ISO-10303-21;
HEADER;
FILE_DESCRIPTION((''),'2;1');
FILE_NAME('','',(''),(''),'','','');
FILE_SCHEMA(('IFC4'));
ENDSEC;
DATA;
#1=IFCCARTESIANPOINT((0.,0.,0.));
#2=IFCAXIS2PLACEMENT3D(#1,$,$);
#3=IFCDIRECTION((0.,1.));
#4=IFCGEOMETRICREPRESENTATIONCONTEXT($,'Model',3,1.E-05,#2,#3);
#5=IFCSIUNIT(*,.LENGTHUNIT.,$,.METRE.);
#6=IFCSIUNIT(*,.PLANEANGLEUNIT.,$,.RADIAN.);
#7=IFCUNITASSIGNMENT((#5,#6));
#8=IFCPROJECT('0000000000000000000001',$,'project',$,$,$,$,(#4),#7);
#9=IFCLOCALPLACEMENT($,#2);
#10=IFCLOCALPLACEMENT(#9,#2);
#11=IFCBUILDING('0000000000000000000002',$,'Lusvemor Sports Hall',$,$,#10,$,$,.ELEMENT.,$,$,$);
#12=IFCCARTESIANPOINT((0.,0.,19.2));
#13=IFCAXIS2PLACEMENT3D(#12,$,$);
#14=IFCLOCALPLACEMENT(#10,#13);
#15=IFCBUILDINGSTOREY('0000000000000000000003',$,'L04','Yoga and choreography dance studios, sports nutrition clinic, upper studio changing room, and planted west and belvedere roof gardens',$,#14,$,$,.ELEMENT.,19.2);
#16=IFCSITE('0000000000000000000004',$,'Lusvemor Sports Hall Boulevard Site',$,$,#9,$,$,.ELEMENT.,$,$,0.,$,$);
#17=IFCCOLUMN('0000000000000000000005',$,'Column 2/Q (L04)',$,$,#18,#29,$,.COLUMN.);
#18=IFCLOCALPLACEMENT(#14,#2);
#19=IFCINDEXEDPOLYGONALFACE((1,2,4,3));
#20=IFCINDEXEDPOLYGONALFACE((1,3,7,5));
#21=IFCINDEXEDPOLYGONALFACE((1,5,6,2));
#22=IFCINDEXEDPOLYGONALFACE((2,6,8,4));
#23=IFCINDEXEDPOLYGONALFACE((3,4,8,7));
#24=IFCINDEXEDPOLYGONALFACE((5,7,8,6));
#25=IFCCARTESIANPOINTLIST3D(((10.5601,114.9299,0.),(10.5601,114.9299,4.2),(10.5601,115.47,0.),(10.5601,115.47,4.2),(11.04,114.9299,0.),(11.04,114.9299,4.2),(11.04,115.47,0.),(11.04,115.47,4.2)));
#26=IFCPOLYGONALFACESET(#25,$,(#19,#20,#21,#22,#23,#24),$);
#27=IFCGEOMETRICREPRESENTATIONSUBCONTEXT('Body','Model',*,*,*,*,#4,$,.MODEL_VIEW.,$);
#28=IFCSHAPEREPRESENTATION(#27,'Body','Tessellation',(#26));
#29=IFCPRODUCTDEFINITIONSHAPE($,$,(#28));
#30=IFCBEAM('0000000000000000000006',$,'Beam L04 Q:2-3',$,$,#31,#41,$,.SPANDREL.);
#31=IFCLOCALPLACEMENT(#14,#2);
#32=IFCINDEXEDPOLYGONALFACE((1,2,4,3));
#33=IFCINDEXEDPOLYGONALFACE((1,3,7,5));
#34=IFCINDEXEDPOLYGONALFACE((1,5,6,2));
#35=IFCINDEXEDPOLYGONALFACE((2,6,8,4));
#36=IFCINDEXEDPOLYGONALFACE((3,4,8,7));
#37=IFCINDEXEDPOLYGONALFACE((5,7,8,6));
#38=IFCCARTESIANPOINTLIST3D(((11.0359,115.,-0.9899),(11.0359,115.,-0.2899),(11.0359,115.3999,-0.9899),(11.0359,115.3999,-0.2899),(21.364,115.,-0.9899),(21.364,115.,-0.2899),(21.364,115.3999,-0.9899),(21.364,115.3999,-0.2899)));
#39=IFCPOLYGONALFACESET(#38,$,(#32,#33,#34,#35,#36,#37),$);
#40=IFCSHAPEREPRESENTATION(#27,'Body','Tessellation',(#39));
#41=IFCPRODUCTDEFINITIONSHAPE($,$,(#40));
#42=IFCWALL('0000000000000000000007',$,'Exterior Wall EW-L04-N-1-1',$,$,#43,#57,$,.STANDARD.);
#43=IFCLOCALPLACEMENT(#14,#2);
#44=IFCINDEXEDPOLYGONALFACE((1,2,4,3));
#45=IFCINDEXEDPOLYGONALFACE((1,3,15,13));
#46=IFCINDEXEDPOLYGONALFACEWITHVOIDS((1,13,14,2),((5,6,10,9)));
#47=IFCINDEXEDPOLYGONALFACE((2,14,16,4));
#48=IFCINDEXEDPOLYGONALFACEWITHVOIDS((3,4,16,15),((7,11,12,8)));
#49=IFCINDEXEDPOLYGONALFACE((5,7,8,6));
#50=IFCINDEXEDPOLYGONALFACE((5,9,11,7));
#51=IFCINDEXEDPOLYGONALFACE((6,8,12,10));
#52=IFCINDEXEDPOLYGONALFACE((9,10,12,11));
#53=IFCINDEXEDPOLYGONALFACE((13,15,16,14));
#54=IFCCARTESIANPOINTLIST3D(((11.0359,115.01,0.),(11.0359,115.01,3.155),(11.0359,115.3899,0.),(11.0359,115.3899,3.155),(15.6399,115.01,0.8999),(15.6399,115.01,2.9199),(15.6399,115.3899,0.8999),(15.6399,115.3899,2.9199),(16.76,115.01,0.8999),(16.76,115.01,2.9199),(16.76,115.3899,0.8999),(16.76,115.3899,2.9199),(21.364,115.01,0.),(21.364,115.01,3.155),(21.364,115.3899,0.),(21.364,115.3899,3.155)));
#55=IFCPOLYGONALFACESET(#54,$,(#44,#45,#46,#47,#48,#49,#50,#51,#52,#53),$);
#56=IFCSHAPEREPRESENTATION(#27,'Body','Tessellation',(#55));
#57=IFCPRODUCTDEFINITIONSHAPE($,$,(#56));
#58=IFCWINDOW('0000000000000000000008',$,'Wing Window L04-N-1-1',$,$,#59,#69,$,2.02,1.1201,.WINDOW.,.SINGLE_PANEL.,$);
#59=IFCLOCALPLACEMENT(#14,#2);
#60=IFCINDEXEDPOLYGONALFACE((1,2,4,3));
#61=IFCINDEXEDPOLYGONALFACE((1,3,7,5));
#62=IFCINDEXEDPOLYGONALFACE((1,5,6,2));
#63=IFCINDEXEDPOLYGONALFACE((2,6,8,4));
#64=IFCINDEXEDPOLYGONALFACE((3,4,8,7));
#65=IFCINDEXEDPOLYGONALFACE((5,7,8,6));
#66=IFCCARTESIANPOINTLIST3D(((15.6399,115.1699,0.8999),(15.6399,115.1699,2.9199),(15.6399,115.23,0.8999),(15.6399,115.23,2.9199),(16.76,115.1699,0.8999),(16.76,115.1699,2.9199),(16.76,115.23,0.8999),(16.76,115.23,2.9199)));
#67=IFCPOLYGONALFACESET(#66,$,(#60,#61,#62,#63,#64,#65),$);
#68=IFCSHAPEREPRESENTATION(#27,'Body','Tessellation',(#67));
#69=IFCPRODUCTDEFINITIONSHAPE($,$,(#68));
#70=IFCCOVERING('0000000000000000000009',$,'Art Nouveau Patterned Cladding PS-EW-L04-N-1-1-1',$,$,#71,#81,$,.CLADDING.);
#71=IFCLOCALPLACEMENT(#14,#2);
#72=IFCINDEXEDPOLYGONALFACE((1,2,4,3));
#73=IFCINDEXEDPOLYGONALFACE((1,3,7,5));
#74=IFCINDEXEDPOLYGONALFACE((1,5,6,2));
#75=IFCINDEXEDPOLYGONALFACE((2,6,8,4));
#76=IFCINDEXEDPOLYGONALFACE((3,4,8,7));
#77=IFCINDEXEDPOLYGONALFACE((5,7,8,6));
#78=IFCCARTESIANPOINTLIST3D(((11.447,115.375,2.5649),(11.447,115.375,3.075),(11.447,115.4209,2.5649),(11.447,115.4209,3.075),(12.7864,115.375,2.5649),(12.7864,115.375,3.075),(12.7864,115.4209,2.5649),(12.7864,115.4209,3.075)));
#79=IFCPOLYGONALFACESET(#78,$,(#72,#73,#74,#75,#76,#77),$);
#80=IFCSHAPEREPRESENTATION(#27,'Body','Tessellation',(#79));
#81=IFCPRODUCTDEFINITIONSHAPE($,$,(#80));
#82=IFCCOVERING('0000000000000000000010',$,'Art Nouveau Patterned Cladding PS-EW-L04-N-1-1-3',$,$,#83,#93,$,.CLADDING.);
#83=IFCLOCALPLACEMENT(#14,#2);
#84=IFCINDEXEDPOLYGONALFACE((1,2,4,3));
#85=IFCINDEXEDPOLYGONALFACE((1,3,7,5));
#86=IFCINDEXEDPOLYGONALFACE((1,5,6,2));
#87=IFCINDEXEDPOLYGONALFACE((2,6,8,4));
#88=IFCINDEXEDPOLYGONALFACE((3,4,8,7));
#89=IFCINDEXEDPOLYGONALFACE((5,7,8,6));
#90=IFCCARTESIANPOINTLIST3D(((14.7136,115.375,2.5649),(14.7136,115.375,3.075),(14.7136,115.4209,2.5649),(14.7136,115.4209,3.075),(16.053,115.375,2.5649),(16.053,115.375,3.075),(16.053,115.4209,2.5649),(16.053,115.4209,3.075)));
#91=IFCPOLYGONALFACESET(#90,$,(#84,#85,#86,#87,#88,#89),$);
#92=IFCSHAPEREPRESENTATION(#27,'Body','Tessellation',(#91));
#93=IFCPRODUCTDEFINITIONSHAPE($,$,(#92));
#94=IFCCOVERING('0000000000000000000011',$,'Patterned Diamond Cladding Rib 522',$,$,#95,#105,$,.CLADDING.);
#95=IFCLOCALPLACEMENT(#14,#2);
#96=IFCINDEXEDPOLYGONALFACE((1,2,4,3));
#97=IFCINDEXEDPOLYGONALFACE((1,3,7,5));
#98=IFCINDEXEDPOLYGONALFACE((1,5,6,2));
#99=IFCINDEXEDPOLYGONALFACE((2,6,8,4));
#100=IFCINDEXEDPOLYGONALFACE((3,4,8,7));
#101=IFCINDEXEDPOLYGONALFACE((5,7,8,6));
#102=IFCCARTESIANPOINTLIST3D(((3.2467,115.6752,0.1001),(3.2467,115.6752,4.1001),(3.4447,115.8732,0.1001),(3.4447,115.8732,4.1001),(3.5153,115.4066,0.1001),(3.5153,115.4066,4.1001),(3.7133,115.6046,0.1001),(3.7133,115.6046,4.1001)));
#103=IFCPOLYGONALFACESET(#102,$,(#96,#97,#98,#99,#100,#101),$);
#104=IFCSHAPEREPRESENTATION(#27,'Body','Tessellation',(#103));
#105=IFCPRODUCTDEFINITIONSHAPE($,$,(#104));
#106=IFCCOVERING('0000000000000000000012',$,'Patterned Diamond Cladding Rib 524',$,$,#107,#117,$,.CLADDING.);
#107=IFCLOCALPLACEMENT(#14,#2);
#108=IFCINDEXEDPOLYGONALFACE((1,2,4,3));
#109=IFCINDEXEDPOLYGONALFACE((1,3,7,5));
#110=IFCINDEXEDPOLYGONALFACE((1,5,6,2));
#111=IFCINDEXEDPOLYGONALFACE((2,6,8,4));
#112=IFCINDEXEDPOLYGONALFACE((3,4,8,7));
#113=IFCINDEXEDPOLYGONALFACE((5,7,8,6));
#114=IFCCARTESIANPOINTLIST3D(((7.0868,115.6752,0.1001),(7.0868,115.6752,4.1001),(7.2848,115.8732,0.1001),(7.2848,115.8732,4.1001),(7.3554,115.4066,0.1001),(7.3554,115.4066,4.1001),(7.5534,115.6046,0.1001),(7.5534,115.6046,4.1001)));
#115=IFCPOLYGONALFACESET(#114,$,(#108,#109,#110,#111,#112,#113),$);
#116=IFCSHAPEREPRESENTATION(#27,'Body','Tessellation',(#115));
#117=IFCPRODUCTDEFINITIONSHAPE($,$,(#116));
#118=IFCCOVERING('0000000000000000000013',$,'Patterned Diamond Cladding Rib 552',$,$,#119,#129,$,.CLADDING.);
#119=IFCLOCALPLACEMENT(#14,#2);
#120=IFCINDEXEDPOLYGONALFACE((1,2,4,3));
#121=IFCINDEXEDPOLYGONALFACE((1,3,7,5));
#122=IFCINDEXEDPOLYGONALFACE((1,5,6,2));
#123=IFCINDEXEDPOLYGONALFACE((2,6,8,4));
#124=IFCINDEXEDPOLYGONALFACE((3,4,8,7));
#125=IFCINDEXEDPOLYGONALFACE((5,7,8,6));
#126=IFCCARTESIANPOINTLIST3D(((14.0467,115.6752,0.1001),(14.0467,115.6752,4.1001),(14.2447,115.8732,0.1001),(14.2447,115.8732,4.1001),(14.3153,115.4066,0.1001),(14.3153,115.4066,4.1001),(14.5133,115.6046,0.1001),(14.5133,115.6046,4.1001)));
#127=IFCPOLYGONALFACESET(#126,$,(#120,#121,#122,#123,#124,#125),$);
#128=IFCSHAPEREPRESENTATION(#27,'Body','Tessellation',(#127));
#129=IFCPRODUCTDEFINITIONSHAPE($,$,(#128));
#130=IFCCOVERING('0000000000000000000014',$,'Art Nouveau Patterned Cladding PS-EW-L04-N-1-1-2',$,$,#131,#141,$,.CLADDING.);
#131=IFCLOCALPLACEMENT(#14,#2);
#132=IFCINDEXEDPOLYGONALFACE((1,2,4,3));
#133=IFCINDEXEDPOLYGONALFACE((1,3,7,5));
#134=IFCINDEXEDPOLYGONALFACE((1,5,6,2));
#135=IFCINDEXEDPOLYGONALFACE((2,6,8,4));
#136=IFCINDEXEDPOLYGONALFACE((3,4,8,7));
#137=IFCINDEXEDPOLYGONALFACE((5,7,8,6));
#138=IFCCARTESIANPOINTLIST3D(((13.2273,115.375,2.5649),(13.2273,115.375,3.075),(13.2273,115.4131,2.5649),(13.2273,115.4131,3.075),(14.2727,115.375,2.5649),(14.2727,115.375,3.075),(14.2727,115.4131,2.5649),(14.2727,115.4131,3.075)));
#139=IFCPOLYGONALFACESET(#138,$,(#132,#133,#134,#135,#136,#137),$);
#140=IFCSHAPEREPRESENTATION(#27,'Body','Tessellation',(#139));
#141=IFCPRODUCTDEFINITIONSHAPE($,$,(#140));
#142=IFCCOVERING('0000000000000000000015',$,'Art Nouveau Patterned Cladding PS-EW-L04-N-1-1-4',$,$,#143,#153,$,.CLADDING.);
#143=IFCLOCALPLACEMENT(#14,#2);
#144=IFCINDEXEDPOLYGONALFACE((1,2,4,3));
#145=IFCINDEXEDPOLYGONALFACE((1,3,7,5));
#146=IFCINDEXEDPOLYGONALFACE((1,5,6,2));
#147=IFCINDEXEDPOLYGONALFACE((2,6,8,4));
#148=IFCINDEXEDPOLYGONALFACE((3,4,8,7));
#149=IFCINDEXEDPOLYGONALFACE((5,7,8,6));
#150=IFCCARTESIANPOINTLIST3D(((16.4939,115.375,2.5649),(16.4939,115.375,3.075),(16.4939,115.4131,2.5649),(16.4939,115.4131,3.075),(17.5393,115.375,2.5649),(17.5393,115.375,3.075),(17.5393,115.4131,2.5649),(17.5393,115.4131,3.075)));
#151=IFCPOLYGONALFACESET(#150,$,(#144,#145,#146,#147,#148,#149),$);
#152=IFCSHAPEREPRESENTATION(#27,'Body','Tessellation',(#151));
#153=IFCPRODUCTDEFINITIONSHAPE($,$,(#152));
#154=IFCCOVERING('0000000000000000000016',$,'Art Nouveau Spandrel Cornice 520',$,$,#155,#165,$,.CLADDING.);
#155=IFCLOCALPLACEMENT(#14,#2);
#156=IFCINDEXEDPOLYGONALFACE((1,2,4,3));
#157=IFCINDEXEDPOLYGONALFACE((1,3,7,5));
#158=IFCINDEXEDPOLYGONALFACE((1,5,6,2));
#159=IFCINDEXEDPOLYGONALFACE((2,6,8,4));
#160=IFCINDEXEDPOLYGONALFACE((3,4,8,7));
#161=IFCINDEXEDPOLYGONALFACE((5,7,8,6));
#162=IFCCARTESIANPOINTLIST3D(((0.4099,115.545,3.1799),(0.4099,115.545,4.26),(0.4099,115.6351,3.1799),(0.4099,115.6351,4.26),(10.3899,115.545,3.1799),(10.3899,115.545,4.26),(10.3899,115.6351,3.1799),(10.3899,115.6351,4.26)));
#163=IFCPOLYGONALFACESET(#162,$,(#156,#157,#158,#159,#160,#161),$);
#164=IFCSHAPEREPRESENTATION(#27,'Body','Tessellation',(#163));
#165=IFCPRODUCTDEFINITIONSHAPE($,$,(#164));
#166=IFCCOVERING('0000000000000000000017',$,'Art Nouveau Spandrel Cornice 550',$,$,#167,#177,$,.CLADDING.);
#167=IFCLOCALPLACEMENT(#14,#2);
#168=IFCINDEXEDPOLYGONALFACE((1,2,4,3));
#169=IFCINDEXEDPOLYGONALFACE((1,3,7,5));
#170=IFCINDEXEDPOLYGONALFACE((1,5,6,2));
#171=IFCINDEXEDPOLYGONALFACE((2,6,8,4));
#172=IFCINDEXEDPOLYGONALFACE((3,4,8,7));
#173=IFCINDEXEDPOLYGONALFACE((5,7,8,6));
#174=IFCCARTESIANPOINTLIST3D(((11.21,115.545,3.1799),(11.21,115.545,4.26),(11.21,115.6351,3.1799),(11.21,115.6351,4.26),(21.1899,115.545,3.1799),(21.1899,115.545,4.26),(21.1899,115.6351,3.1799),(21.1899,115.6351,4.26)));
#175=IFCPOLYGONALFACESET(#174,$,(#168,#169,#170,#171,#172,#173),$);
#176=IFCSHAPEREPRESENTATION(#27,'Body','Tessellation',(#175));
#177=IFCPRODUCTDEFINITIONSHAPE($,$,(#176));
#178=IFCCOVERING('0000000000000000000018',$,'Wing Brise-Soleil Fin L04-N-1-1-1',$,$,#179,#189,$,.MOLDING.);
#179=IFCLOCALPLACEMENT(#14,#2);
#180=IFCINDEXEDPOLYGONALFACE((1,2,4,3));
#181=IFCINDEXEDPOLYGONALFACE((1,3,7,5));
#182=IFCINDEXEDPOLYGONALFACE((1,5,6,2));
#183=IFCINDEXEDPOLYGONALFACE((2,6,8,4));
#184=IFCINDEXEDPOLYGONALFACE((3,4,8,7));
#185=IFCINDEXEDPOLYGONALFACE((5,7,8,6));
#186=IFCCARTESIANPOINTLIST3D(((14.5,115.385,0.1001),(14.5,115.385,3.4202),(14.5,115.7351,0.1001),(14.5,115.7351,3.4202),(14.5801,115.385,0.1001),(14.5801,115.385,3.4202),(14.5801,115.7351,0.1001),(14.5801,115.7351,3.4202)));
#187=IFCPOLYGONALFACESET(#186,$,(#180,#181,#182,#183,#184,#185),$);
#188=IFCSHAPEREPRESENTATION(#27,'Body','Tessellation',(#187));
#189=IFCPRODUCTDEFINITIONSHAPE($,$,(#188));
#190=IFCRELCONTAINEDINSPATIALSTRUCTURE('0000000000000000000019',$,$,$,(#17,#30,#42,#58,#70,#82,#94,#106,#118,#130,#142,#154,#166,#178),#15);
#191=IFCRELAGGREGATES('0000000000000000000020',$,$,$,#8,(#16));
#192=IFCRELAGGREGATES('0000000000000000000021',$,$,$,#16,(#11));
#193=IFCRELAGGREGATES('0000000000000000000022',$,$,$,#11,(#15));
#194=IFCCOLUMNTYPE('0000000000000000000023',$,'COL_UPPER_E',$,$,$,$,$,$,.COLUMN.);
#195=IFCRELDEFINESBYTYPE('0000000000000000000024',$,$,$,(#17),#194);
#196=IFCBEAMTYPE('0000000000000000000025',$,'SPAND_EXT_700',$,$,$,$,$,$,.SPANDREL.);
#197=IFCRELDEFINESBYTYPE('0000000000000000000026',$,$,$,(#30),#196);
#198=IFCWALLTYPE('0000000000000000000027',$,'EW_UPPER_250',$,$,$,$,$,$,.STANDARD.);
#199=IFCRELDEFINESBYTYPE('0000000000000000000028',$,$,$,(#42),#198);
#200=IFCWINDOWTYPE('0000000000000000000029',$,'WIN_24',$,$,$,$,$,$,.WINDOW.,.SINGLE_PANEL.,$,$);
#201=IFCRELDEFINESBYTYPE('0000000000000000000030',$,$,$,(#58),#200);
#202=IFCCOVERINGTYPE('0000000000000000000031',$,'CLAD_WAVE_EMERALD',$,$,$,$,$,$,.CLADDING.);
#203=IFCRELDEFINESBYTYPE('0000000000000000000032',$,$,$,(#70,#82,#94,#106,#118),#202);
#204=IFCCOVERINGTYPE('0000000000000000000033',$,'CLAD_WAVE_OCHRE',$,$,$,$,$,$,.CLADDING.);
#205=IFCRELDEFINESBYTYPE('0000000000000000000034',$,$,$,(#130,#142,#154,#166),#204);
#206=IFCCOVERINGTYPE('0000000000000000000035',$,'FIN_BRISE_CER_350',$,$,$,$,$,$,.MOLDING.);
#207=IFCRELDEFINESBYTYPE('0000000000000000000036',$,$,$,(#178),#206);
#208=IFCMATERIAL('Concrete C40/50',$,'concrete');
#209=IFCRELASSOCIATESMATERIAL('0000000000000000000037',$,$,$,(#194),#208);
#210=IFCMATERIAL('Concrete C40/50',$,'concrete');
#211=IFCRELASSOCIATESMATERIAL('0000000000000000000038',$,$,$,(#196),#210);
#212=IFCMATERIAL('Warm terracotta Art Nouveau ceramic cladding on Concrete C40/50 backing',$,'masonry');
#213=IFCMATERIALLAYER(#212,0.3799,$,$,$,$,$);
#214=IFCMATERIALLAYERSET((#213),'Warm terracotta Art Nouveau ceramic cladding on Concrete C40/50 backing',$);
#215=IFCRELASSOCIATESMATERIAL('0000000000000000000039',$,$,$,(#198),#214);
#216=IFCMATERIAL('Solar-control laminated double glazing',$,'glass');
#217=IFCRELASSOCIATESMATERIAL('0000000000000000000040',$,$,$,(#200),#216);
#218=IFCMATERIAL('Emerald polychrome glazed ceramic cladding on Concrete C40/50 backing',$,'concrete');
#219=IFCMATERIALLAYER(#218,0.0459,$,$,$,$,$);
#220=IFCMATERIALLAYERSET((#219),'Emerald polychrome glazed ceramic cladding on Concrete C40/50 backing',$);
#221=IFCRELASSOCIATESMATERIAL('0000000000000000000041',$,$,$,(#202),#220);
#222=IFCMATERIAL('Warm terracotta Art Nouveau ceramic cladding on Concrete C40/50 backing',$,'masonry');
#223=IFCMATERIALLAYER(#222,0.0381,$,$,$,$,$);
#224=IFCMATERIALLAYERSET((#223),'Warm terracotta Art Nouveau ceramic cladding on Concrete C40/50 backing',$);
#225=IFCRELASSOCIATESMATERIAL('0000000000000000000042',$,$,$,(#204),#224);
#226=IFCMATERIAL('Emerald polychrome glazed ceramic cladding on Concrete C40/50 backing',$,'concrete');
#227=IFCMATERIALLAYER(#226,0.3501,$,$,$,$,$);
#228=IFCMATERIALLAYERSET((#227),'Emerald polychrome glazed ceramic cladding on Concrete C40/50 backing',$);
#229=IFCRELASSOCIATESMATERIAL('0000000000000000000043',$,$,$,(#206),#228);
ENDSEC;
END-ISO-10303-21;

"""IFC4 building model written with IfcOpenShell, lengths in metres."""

from ifc_helpers import new_model, si_unit, direction, frame, frame_2d, origin, origin_2d, place, context, subcontext, project, spatial, rectangle, extrude, material, layer, layer_set, material_profile, profile_set, type_object, element, fill, save


model = new_model("IFC4")

# Units and contexts
model_context = context("Model", 3, precision=1e-05, world=origin(), true_north=direction((0.0, 1.0)))
body_context = subcontext(model_context, "Body", "Model", "MODEL_VIEW")
ifc_project = project(units=[si_unit("LENGTHUNIT", "METRE"), si_unit("PLANEANGLEUNIT", "RADIAN")], contexts=[model_context])

# Site, building, storey
site_placement = place(None, origin())
site = spatial("IfcSite", under=ifc_project, at=site_placement, Name="Lusvemor Sports Hall Boulevard Site", CompositionType="ELEMENT", RefElevation=0.0)
building_placement = place(site_placement, origin())
building = spatial("IfcBuilding", under=site, at=building_placement, Name="Lusvemor Sports Hall", CompositionType="ELEMENT")
storey_placement = place(building_placement, frame((0.0, 0.0, 19.2)))
storey = spatial("IfcBuildingStorey", under=building, at=storey_placement, Name="L04", Description="Yoga and choreography dance studios, sports nutrition clinic, upper studio changing room, and planted west and belvedere roof gardens", CompositionType="ELEMENT", Elevation=19.2)

# Column
ifc_material_1 = material(Name="Concrete C40/50", Category="concrete")
ifc_material_profile_1 = material_profile(ifc_material_1, rectangle(XDim=0.48, YDim=0.54, at=origin_2d()), Name="RC480x540")
ifc_profile_set_1 = profile_set([ifc_material_profile_1], Name="Concrete C40/50")
column_type = type_object("IfcColumnType", Name="COL_UPPER_E", PredefinedType="COLUMN", material=ifc_profile_set_1)
column_placement = place(storey_placement, frame((10.8, 115.2, 0.0), z_axis=(0.0, 0.0, 1.0), x_axis=(1.0, 0.0, 0.0)))
element("IfcColumn", 1, at=column_placement, inside=storey, type_object=column_type, Name="Column 2/Q (L04)", PredefinedType="COLUMN", context=body_context, shape_type="SweptSolid", body=[
    extrude(rectangle(XDim=0.48, YDim=0.54, at=origin_2d()), origin(), (0.0, 0.0, 1.0), 4.2),
])

# Beam
ifc_material_2 = material(Name="Concrete C40/50", Category="concrete")
ifc_material_profile_2 = material_profile(ifc_material_2, rectangle(XDim=0.3999, YDim=0.7, at=origin_2d()), Name="RC400x700")
ifc_profile_set_2 = profile_set([ifc_material_profile_2], Name="Concrete C40/50")
beam_type = type_object("IfcBeamType", Name="SPAND_EXT_700", PredefinedType="SPANDREL", material=ifc_profile_set_2)
beam_placement = place(storey_placement, frame((11.0359, 115.2, -0.6399), z_axis=(1.0, 0.0, 0.0), x_axis=(0.0, 1.0, 0.0)))
element("IfcBeam", 2, at=beam_placement, inside=storey, type_object=beam_type, Name="Beam L04 Q:2-3", PredefinedType="SPANDREL", context=body_context, shape_type="SweptSolid", body=[
    extrude(rectangle(XDim=0.3999, YDim=0.7, at=origin_2d()), origin(), (0.0, 0.0, 1.0), 10.3281),
])

# Wall, opening, window
ifc_material_3 = material(Name="Warm terracotta Art Nouveau ceramic cladding on Concrete C40/50 backing", Category="masonry")
ifc_layer_1 = layer(ifc_material_3, 0.3799)
ifc_layer_set_1 = layer_set([ifc_layer_1], Name="Warm terracotta Art Nouveau ceramic cladding on Concrete C40/50 backing")
wall_type = type_object("IfcWallType", Name="EW_UPPER_250", PredefinedType="STANDARD", material=ifc_layer_set_1)
wall_placement = place(storey_placement, frame((11.0359, 115.2, 0.0), z_axis=(0.0, 0.0, 1.0), x_axis=(1.0, 0.0, 0.0)))
wall = element("IfcWall", 3, at=wall_placement, inside=storey, type_object=wall_type, Name="Exterior Wall EW-L04-N-1-1", PredefinedType="STANDARD", context=body_context, shape_type="SweptSolid", body=[
    extrude(rectangle(XDim=10.3281, YDim=0.3799, at=frame_2d((5.1641, 0.0))), origin(), (0.0, 0.0, 1.0), 3.155),
])
opening_placement = place(wall_placement, frame((4.604, 0.0, 0.8999)))
opening = element("IfcOpeningElement", 4, at=opening_placement, cuts=wall, PredefinedType="OPENING", context=body_context, shape_type="SweptSolid", body=[
    extrude(rectangle(XDim=1.1201, YDim=2.02, at=frame_2d((0.5601, 1.01))), frame((0.0, 0.1899, 0.0), z_axis=(0.0, -1.0, 0.0), x_axis=(1.0, 0.0, 0.0)), (0.0, 0.0, 1.0), 0.3799),
])
ifc_material_4 = material(Name="Solar-control laminated double glazing", Category="glass")
window_type = type_object("IfcWindowType", Name="WIN_24", PartitioningType="SINGLE_PANEL", PredefinedType="WINDOW", material=ifc_material_4)
window_placement = place(opening_placement, origin())
window = element("IfcWindow", 5, at=window_placement, inside=storey, type_object=window_type, Name="Wing Window L04-N-1-1", OverallHeight=2.02, OverallWidth=1.1201, PartitioningType="SINGLE_PANEL", PredefinedType="WINDOW", context=body_context, shape_type="SweptSolid", body=[
    extrude(rectangle(XDim=1.1201, YDim=2.02, at=frame_2d((0.5601, 1.01))), frame((0.0, 0.03, 0.0), z_axis=(0.0, -1.0, 0.0), x_axis=(1.0, 0.0, 0.0)), (0.0, 0.0, 1.0), 0.0601),
])
fill(opening, window)

# Coverings
ifc_material_5 = material(Name="Emerald polychrome glazed ceramic cladding on Concrete C40/50 backing", Category="concrete")
ifc_layer_2 = layer(ifc_material_5, 0.0459)
ifc_layer_set_2 = layer_set([ifc_layer_2], Name="Emerald polychrome glazed ceramic cladding on Concrete C40/50 backing")
covering_type_1 = type_object("IfcCoveringType", Name="CLAD_WAVE_EMERALD", PredefinedType="CLADDING", material=ifc_layer_set_2)
for number, where, z_axis, x_axis, name in (
    (6, (12.1167, 115.3979, 2.5649), (0.0, 0.0, 1.0), (1.0, 0.0, 0.0), "Art Nouveau Patterned Cladding PS-EW-L04-N-1-1-1"),
    (7, (15.3833, 115.3979, 2.5649), (0.0, 0.0, 1.0), (1.0, 0.0, 0.0), "Art Nouveau Patterned Cladding PS-EW-L04-N-1-1-3"),
):
    element("IfcCovering", number, at=place(storey_placement, frame(where, z_axis=z_axis, x_axis=x_axis)), inside=storey, type_object=covering_type_1, Name=name, PredefinedType="CLADDING", context=body_context, shape_type="SweptSolid", body=[
        extrude(rectangle(XDim=1.3394, YDim=0.0459, at=origin_2d()), origin(), (0.0, 0.0, 1.0), 0.51),
    ])
for number, where, z_axis, x_axis, name in (
    (8, (3.48, 115.6399, 0.1001), (0.0, 0.0, 1.0), (0.707107, 0.707107, 0.0), "Patterned Diamond Cladding Rib 522"),
    (9, (7.3201, 115.6399, 0.1001), (0.0, 0.0, 1.0), (0.707107, 0.707107, 0.0), "Patterned Diamond Cladding Rib 524"),
    (10, (14.28, 115.6399, 0.1001), (0.0, 0.0, 1.0), (0.707107, 0.707107, 0.0), "Patterned Diamond Cladding Rib 552"),
):
    element("IfcCovering", number, at=place(storey_placement, frame(where, z_axis=z_axis, x_axis=x_axis)), inside=storey, type_object=covering_type_1, Name=name, PredefinedType="CLADDING", context=body_context, shape_type="SweptSolid", body=[
        extrude(rectangle(XDim=0.28, YDim=0.3799, at=origin_2d()), origin(), (0.0, 0.0, 1.0), 4.0),
    ])
ifc_material_6 = material(Name="Warm terracotta Art Nouveau ceramic cladding on Concrete C40/50 backing", Category="masonry")
ifc_layer_3 = layer(ifc_material_6, 0.0381)
ifc_layer_set_3 = layer_set([ifc_layer_3], Name="Warm terracotta Art Nouveau ceramic cladding on Concrete C40/50 backing")
covering_type_2 = type_object("IfcCoveringType", Name="CLAD_WAVE_OCHRE", PredefinedType="CLADDING", material=ifc_layer_set_3)
for number, where, z_axis, x_axis, name in (
    (11, (13.75, 115.394, 2.5649), (0.0, 0.0, 1.0), (1.0, 0.0, 0.0), "Art Nouveau Patterned Cladding PS-EW-L04-N-1-1-2"),
    (12, (17.0166, 115.394, 2.5649), (0.0, 0.0, 1.0), (1.0, 0.0, 0.0), "Art Nouveau Patterned Cladding PS-EW-L04-N-1-1-4"),
):
    element("IfcCovering", number, at=place(storey_placement, frame(where, z_axis=z_axis, x_axis=x_axis)), inside=storey, type_object=covering_type_2, Name=name, PredefinedType="CLADDING", context=body_context, shape_type="SweptSolid", body=[
        extrude(rectangle(XDim=1.0454, YDim=0.0381, at=origin_2d()), origin(), (0.0, 0.0, 1.0), 0.51),
    ])
for number, where, z_axis, x_axis, name in (
    (13, (5.3999, 115.5901, 3.1799), (0.0, 0.0, 1.0), (1.0, 0.0, 0.0), "Art Nouveau Spandrel Cornice 520"),
    (14, (16.2, 115.5901, 3.1799), (0.0, 0.0, 1.0), (1.0, 0.0, 0.0), "Art Nouveau Spandrel Cornice 550"),
):
    element("IfcCovering", number, at=place(storey_placement, frame(where, z_axis=z_axis, x_axis=x_axis)), inside=storey, type_object=covering_type_2, Name=name, PredefinedType="CLADDING", context=body_context, shape_type="SweptSolid", body=[
        extrude(rectangle(XDim=9.98, YDim=0.0901, at=origin_2d()), origin(), (0.0, 0.0, 1.0), 1.0801),
    ])
ifc_material_7 = material(Name="Emerald polychrome glazed ceramic cladding on Concrete C40/50 backing", Category="concrete")
ifc_layer_4 = layer(ifc_material_7, 0.3501)
ifc_layer_set_4 = layer_set([ifc_layer_4], Name="Emerald polychrome glazed ceramic cladding on Concrete C40/50 backing")
covering_type_3 = type_object("IfcCoveringType", Name="FIN_BRISE_CER_350", PredefinedType="MOLDING", material=ifc_layer_set_4)
for number, where, z_axis, x_axis, name in (
    (15, (14.54, 115.5601, 0.1001), (0.0, 0.0, 1.0), (1.0, 0.0, 0.0), "Wing Brise-Soleil Fin L04-N-1-1-1"),
):
    element("IfcCovering", number, at=place(storey_placement, frame(where, z_axis=z_axis, x_axis=x_axis)), inside=storey, type_object=covering_type_3, Name=name, PredefinedType="MOLDING", context=body_context, shape_type="SweptSolid", body=[
        extrude(rectangle(XDim=0.0801, YDim=0.3501, at=origin_2d()), origin(), (0.0, 0.0, 1.0), 3.3201),
    ])

save(model, "model.ifc")
